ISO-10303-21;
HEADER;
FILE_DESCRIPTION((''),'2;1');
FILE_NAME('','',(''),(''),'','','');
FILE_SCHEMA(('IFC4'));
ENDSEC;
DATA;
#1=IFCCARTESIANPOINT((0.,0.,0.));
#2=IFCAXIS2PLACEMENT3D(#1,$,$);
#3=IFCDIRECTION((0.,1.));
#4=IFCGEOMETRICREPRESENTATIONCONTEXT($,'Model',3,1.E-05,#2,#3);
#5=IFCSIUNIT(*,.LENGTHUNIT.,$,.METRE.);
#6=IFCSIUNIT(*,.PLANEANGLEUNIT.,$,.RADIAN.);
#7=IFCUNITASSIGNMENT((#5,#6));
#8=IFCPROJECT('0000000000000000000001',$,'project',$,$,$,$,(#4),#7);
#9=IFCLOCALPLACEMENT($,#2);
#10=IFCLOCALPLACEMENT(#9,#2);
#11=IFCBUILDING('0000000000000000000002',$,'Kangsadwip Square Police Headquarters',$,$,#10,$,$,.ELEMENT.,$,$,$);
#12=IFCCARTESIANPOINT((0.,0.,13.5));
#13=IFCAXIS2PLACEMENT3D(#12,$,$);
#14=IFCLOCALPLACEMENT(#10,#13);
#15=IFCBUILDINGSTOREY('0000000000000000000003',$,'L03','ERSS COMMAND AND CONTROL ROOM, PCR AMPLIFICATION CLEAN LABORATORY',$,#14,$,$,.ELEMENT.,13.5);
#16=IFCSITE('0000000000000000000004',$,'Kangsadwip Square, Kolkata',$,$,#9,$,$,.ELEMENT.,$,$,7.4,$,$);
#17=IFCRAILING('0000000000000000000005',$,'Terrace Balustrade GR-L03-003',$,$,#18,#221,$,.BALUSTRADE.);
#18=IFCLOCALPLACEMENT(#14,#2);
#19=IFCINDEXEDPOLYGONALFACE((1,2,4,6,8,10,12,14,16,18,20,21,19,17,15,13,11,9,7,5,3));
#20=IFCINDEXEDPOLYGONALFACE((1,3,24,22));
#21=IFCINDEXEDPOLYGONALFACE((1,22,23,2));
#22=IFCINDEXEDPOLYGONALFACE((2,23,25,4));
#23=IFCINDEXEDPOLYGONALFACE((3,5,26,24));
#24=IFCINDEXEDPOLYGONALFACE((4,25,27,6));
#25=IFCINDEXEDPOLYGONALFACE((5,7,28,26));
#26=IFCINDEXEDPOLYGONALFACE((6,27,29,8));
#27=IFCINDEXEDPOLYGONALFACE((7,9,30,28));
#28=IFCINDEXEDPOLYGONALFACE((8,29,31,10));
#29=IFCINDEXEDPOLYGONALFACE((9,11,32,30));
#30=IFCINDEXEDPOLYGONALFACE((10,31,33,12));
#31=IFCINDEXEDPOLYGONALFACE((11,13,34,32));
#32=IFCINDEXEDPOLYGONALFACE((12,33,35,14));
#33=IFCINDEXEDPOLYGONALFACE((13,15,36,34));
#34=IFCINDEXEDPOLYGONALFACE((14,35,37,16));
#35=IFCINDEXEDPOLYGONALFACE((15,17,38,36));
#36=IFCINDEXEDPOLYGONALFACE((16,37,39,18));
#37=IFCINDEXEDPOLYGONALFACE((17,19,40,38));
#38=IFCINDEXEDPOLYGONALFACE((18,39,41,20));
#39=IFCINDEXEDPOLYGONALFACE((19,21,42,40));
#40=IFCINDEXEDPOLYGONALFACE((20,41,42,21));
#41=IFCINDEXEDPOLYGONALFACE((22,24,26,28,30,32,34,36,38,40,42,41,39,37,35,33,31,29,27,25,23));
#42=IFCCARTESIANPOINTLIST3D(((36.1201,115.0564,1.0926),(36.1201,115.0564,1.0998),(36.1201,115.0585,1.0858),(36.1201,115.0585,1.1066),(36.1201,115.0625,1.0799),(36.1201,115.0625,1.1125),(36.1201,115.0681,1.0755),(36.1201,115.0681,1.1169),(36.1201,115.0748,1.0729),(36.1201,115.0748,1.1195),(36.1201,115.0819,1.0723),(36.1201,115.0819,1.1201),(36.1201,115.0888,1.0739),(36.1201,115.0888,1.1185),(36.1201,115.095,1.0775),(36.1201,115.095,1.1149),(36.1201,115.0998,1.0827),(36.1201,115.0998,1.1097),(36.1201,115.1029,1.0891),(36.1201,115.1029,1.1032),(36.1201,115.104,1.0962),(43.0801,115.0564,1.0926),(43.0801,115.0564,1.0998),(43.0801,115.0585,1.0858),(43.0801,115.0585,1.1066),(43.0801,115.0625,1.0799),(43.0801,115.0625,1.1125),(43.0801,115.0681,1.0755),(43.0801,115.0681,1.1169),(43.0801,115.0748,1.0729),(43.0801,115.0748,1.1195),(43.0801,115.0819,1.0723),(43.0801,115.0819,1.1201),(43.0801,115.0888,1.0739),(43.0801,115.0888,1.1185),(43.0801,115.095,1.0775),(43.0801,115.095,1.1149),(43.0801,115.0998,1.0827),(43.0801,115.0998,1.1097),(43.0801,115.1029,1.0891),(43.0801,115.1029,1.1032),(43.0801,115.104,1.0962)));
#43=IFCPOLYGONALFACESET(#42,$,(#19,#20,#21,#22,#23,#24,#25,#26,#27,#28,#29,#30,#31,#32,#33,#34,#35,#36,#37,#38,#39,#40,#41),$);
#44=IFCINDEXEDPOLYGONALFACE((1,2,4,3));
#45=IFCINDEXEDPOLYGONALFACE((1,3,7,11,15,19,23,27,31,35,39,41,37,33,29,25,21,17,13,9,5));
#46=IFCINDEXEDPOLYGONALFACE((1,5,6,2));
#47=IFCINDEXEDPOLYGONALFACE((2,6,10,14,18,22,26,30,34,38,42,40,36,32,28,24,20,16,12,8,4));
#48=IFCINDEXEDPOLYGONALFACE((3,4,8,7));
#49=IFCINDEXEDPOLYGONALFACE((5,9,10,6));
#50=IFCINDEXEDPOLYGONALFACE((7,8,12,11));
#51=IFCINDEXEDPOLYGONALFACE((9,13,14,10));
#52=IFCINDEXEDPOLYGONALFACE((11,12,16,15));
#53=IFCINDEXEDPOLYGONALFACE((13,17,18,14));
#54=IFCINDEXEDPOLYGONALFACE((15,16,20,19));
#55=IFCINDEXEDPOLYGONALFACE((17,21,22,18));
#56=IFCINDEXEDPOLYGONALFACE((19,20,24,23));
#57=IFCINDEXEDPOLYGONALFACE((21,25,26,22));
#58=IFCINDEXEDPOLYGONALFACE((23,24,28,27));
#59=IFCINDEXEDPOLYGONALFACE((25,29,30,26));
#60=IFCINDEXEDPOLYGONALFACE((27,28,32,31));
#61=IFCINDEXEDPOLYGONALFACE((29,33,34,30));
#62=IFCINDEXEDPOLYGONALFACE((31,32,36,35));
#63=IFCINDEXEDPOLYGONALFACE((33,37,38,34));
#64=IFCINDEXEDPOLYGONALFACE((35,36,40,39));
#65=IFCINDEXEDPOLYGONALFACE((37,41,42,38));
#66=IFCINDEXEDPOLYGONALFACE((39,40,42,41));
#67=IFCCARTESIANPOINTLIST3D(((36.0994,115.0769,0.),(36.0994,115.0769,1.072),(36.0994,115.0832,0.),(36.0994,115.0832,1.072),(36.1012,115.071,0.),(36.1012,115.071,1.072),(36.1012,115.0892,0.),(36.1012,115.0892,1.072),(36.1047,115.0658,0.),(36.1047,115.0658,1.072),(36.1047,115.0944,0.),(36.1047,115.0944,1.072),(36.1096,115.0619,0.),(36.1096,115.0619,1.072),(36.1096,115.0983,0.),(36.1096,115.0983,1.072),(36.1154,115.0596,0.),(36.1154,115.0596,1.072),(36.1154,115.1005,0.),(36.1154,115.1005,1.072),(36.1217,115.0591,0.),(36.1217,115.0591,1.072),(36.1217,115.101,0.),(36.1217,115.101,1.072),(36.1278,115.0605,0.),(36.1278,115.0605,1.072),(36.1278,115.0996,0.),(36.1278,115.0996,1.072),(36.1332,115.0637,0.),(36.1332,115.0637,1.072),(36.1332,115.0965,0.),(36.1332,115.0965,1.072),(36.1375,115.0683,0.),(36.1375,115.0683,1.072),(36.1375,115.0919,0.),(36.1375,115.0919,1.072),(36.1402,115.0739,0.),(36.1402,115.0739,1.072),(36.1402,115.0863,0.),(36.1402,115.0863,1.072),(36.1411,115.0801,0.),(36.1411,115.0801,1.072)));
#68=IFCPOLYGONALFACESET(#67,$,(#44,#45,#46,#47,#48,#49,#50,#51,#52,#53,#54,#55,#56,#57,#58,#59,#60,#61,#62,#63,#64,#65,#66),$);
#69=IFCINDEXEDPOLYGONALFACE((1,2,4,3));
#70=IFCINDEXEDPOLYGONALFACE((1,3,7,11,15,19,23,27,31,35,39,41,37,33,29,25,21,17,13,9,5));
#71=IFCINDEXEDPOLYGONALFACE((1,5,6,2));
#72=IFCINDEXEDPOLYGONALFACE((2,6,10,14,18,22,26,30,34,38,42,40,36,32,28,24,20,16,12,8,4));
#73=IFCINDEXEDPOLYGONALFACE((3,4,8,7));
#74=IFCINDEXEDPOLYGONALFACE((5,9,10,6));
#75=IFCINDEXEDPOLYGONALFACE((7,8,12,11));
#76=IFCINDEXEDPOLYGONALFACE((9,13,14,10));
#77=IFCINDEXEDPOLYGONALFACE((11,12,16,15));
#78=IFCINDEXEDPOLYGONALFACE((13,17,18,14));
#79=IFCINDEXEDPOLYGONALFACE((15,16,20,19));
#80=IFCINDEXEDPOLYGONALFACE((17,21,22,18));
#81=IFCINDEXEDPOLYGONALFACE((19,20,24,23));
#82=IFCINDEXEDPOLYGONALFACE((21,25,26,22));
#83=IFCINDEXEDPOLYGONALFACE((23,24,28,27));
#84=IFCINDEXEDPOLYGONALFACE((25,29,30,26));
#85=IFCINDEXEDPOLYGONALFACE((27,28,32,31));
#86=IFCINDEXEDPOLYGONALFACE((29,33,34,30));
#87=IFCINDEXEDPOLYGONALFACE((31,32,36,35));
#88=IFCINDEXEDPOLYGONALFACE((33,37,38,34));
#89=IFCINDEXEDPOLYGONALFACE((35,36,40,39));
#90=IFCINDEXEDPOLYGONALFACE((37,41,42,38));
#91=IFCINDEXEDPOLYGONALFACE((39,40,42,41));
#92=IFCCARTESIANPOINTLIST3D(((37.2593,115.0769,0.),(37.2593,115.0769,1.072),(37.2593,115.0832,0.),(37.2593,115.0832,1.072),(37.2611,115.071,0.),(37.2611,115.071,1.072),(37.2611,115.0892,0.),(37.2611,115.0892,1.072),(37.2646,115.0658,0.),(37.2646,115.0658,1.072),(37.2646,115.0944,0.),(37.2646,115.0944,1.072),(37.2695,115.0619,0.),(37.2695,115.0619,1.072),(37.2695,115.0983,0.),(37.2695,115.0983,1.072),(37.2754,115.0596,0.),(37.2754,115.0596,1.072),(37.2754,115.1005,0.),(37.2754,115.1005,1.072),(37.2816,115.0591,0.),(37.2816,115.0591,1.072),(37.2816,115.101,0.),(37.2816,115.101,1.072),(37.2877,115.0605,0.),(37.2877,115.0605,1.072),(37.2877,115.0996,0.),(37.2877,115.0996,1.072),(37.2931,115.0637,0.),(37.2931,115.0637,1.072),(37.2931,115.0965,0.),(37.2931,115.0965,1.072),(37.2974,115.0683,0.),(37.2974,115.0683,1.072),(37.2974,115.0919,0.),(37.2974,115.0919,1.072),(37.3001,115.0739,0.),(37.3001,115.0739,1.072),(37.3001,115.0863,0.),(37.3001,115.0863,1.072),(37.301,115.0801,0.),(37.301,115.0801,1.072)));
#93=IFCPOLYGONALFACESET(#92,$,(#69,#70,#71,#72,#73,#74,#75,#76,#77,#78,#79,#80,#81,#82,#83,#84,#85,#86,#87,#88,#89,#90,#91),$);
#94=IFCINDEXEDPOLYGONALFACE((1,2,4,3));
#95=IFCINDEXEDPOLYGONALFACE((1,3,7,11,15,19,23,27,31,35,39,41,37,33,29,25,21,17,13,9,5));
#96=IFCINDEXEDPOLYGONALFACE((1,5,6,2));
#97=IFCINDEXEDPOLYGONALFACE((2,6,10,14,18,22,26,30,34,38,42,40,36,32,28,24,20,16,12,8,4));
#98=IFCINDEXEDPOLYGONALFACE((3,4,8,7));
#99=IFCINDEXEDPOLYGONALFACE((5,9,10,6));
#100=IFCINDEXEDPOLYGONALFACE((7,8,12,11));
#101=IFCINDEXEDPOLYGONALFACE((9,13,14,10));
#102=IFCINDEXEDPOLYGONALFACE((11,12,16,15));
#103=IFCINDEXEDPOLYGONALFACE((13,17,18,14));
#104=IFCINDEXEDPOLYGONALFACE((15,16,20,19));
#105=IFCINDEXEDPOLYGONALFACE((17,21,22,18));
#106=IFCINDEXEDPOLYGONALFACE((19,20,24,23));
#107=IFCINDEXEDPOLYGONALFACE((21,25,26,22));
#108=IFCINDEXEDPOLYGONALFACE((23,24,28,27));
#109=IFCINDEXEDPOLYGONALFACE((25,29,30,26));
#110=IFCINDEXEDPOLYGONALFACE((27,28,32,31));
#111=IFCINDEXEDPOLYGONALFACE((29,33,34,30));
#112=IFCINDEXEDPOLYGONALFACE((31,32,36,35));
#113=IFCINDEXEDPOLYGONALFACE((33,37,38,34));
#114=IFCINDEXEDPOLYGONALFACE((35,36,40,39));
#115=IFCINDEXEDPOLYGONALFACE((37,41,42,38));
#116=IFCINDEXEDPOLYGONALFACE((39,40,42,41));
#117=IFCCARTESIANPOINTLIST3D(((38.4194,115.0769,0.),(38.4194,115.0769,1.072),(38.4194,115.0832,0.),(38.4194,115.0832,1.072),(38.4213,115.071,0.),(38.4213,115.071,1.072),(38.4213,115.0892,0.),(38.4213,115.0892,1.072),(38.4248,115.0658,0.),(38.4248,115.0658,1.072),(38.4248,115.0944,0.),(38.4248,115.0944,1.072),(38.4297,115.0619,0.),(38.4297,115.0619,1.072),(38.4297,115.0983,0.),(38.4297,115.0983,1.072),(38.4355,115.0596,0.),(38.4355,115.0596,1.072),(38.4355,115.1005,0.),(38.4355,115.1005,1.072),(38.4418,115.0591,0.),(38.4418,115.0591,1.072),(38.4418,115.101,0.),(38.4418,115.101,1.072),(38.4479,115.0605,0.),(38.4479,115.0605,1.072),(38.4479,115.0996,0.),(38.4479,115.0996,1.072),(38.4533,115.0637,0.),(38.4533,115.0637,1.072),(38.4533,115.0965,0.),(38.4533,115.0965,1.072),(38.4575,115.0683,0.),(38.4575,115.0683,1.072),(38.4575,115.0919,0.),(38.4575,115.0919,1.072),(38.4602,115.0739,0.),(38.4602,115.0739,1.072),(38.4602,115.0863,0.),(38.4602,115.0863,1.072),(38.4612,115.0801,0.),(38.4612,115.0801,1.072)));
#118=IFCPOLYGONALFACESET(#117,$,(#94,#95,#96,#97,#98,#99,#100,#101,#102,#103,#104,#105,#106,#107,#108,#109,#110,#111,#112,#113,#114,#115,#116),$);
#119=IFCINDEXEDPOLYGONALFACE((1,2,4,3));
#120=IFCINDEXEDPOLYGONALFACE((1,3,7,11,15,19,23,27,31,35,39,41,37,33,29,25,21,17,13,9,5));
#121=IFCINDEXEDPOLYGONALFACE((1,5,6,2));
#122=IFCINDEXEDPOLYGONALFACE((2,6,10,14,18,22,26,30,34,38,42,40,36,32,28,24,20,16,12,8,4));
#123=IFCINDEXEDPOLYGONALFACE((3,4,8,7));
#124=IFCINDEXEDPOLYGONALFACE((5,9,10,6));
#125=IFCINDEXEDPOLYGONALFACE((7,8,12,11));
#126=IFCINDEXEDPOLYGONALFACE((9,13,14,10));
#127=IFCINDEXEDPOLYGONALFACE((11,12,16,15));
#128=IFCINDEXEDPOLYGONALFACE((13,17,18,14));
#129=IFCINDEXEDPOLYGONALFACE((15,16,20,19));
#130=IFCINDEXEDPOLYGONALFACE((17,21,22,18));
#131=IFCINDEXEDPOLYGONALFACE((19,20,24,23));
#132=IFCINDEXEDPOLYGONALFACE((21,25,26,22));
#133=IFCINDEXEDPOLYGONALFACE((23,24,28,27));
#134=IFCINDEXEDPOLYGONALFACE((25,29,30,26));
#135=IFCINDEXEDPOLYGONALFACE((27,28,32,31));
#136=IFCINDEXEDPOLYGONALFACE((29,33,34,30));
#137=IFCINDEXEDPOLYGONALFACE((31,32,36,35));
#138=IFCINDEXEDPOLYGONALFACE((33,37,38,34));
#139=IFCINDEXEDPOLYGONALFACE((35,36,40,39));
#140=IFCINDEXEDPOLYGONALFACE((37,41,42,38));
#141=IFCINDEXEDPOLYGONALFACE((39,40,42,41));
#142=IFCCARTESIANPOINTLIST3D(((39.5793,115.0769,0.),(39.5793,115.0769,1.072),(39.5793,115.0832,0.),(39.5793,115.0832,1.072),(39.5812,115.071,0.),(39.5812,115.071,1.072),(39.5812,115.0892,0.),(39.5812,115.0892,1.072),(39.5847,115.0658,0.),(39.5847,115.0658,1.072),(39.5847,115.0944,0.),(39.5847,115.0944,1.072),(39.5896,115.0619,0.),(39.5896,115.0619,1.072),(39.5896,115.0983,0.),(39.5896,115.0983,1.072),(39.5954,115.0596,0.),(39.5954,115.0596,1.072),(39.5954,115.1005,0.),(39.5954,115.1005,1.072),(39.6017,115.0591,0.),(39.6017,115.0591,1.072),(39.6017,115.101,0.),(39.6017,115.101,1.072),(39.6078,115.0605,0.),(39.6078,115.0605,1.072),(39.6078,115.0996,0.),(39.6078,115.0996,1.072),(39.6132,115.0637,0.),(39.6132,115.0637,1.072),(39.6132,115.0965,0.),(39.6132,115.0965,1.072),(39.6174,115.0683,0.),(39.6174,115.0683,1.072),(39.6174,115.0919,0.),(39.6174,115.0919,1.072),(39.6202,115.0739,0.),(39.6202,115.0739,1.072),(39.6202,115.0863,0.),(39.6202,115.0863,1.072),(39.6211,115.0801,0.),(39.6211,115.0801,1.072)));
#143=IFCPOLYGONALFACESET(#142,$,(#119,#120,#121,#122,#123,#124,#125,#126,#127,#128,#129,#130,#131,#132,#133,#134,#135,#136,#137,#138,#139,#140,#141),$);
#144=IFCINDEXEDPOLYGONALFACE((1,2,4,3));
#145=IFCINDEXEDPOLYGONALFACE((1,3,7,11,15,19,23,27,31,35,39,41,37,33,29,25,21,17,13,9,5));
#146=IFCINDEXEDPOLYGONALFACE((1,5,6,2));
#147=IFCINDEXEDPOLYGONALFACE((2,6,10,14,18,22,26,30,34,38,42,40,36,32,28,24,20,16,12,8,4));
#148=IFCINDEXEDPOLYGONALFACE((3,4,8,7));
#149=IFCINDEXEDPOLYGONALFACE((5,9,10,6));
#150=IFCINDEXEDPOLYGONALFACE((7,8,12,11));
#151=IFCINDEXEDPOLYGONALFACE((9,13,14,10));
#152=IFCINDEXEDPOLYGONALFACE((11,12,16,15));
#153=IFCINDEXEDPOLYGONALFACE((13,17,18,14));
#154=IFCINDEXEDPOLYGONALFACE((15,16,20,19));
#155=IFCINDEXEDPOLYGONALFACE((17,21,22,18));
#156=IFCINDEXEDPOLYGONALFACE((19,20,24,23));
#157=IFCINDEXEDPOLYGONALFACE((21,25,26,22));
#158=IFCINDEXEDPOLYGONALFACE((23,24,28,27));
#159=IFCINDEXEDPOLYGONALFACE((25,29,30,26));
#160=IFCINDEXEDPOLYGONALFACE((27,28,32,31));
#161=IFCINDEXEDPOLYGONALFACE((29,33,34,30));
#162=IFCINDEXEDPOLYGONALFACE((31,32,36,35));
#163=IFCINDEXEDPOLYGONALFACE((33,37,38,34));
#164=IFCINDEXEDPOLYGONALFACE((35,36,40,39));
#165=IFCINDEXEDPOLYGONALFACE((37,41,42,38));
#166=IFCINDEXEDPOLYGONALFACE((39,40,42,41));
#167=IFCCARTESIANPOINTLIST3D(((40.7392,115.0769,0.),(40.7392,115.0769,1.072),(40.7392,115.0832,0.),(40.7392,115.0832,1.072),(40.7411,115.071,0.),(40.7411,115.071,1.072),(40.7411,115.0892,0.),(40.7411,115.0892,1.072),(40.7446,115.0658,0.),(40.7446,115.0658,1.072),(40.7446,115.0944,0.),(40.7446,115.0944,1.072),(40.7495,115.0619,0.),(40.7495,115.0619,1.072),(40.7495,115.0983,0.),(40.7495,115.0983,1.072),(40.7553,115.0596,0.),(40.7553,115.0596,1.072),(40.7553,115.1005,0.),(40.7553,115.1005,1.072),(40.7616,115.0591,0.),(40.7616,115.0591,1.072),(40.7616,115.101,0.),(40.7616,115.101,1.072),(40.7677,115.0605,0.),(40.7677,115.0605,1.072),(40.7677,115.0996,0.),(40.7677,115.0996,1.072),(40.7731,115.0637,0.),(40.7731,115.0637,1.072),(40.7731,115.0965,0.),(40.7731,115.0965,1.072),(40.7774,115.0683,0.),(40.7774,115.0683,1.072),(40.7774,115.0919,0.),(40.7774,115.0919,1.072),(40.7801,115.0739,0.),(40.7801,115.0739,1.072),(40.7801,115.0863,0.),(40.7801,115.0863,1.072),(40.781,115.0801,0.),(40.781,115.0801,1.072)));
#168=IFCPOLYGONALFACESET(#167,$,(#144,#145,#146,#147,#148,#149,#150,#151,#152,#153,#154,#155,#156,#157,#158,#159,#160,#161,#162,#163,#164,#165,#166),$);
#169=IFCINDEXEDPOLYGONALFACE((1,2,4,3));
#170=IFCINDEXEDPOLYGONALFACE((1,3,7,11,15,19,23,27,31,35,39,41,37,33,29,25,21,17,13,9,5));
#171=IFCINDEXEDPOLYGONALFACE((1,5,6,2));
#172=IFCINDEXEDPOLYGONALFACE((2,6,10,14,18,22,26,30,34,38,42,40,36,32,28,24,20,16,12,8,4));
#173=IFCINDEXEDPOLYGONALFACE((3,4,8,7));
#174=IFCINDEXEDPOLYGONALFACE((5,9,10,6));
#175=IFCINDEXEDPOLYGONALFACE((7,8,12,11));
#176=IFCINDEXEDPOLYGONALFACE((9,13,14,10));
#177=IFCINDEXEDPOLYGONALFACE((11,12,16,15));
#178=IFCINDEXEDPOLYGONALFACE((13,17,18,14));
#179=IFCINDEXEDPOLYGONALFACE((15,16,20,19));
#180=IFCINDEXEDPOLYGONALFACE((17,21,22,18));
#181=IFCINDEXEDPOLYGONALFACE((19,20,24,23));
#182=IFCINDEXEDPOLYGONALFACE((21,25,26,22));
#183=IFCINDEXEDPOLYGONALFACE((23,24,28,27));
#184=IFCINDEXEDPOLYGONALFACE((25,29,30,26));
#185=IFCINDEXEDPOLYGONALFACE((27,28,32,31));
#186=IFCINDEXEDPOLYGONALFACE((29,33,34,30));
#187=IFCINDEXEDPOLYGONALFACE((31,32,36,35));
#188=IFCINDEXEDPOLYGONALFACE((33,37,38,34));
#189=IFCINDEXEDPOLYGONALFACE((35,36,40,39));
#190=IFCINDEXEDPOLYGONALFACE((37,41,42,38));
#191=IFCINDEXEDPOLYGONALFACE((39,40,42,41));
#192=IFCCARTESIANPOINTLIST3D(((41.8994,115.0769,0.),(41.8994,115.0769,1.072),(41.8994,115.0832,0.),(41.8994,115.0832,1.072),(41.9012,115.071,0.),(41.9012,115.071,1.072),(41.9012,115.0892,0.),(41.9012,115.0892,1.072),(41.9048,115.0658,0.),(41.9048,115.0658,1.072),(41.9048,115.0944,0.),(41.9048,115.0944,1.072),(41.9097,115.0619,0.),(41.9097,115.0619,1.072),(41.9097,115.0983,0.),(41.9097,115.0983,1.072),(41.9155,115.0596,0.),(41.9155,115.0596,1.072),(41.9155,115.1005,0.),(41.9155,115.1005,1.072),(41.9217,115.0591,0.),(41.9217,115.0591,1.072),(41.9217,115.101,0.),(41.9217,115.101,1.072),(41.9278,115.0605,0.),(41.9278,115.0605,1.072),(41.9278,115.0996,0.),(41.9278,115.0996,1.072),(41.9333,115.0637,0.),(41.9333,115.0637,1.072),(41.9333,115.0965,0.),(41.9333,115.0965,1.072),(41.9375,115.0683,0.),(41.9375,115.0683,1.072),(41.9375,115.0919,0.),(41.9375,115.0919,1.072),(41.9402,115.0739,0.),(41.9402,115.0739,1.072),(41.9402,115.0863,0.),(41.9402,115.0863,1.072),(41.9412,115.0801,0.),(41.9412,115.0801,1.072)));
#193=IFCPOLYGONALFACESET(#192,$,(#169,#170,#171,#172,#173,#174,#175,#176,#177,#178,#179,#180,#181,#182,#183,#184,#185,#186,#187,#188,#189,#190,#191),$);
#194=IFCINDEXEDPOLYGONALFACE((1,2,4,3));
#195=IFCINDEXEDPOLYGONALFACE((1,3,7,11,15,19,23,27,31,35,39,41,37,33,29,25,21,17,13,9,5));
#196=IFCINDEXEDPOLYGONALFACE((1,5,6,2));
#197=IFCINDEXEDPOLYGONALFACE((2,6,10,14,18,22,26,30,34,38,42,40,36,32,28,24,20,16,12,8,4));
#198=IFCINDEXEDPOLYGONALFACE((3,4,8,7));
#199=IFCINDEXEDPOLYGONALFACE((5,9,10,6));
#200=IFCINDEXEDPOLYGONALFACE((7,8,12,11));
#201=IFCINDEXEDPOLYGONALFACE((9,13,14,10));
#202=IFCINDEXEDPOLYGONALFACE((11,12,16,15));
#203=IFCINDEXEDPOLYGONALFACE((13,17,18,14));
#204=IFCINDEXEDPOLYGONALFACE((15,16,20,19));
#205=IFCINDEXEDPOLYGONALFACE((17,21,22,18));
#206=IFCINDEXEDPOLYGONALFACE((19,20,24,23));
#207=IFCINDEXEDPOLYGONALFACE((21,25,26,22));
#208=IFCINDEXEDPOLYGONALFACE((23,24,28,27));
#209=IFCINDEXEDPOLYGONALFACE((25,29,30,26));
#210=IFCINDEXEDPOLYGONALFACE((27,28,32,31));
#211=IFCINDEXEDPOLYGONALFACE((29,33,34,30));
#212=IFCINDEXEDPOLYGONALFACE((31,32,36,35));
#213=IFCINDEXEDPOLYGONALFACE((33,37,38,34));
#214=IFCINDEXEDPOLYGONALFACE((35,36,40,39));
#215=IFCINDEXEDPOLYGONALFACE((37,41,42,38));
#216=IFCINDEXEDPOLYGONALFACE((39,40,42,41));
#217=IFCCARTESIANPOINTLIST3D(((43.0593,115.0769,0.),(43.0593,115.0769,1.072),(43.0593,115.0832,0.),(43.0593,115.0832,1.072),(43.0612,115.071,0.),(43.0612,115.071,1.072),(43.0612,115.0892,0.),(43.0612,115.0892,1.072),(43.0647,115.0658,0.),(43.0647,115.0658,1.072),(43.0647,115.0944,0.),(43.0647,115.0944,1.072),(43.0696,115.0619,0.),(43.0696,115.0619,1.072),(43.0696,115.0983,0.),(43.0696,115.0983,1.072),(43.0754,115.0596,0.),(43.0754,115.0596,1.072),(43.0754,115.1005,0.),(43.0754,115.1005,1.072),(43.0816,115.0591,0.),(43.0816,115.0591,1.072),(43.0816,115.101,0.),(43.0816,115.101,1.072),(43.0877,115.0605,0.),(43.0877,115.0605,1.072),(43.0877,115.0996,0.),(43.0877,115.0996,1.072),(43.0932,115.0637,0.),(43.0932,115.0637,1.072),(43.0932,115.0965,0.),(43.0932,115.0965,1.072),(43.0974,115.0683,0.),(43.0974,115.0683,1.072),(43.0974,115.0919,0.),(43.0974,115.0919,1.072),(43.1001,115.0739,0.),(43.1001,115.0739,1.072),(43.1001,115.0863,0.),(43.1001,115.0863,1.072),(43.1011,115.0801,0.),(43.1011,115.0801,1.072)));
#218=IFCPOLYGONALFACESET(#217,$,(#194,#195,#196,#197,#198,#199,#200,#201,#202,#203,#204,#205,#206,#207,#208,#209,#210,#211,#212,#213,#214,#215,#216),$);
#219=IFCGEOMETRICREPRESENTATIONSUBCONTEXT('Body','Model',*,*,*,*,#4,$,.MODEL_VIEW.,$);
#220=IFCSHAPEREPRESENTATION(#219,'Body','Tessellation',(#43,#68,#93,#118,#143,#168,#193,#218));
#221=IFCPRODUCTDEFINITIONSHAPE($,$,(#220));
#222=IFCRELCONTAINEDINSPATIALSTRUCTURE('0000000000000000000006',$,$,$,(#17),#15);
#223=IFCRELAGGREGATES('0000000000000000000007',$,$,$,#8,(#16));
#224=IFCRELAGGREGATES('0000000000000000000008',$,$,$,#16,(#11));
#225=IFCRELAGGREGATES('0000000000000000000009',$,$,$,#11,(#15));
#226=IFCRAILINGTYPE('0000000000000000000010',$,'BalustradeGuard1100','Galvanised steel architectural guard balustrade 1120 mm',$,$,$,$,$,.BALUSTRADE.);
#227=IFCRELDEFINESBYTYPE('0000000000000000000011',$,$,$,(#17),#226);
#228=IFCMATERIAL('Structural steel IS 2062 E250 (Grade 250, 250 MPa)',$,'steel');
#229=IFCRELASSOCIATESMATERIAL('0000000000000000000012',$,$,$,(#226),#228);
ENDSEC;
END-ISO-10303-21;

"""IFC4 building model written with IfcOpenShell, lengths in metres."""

from ifc_helpers import new_model, si_unit, direction, frame, origin, origin_2d, place, context, subcontext, project, spatial, circle, extrude, material, type_object, element, save


model = new_model("IFC4")

# Units and contexts
model_context = context("Model", 3, precision=1e-05, world=origin(), true_north=direction((0.0, 1.0)))
body_context = subcontext(model_context, "Body", "Model", "MODEL_VIEW")
ifc_project = project(units=[si_unit("LENGTHUNIT", "METRE"), si_unit("PLANEANGLEUNIT", "RADIAN")], contexts=[model_context])

# Site, building, storey
site_placement = place(None, origin())
site = spatial("IfcSite", under=ifc_project, at=site_placement, Name="Kangsadwip Square, Kolkata", CompositionType="ELEMENT", RefElevation=7.4)
building_placement = place(site_placement, origin())
building = spatial("IfcBuilding", under=site, at=building_placement, Name="Kangsadwip Square Police Headquarters", CompositionType="ELEMENT")
storey_placement = place(building_placement, frame((0.0, 0.0, 13.5)))
storey = spatial("IfcBuildingStorey", under=building, at=storey_placement, Name="L03", Description="ERSS COMMAND AND CONTROL ROOM, PCR AMPLIFICATION CLEAN LABORATORY", CompositionType="ELEMENT", Elevation=13.5)

# Railing
ifc_material_1 = material(Name="Structural steel IS 2062 E250 (Grade 250, 250 MPa)", Category="steel")
railing_type = type_object("IfcRailingType", Name="BalustradeGuard1100", Description="Galvanised steel architectural guard balustrade 1120 mm", PredefinedType="BALUSTRADE", material=ifc_material_1)
for number, where, name in (
    (1, (36.1201, 115.0801, 0.0), "Terrace Balustrade GR-L03-003"),
):
    element("IfcRailing", number, at=place(storey_placement, frame(where)), inside=storey, type_object=railing_type, Name=name, PredefinedType="BALUSTRADE", context=body_context, shape_type="SweptSolid", body=[
        extrude(circle(Radius=0.0239, at=origin_2d()), frame((0.0, 0.0, 1.0962), z_axis=(1.0, 0.0, 0.0), x_axis=(0.0, 1.0, 0.0)), (0.0, 0.0, 1.0), 6.96),
        extrude(circle(Radius=0.021, at=origin_2d()), origin(), (0.0, 0.0, 1.0), 1.072),
        extrude(circle(Radius=0.021, at=origin_2d()), frame((1.1599, 0.0, 0.0)), (0.0, 0.0, 1.0), 1.072),
        extrude(circle(Radius=0.021, at=origin_2d()), frame((2.3201, 0.0, 0.0)), (0.0, 0.0, 1.0), 1.072),
        extrude(circle(Radius=0.021, at=origin_2d()), frame((3.48, 0.0, 0.0)), (0.0, 0.0, 1.0), 1.072),
        extrude(circle(Radius=0.021, at=origin_2d()), frame((4.6399, 0.0, 0.0)), (0.0, 0.0, 1.0), 1.072),
        extrude(circle(Radius=0.021, at=origin_2d()), frame((5.8, 0.0, 0.0)), (0.0, 0.0, 1.0), 1.072),
        extrude(circle(Radius=0.021, at=origin_2d()), frame((6.96, 0.0, 0.0)), (0.0, 0.0, 1.0), 1.072),
    ])

save(model, "model.ifc")
